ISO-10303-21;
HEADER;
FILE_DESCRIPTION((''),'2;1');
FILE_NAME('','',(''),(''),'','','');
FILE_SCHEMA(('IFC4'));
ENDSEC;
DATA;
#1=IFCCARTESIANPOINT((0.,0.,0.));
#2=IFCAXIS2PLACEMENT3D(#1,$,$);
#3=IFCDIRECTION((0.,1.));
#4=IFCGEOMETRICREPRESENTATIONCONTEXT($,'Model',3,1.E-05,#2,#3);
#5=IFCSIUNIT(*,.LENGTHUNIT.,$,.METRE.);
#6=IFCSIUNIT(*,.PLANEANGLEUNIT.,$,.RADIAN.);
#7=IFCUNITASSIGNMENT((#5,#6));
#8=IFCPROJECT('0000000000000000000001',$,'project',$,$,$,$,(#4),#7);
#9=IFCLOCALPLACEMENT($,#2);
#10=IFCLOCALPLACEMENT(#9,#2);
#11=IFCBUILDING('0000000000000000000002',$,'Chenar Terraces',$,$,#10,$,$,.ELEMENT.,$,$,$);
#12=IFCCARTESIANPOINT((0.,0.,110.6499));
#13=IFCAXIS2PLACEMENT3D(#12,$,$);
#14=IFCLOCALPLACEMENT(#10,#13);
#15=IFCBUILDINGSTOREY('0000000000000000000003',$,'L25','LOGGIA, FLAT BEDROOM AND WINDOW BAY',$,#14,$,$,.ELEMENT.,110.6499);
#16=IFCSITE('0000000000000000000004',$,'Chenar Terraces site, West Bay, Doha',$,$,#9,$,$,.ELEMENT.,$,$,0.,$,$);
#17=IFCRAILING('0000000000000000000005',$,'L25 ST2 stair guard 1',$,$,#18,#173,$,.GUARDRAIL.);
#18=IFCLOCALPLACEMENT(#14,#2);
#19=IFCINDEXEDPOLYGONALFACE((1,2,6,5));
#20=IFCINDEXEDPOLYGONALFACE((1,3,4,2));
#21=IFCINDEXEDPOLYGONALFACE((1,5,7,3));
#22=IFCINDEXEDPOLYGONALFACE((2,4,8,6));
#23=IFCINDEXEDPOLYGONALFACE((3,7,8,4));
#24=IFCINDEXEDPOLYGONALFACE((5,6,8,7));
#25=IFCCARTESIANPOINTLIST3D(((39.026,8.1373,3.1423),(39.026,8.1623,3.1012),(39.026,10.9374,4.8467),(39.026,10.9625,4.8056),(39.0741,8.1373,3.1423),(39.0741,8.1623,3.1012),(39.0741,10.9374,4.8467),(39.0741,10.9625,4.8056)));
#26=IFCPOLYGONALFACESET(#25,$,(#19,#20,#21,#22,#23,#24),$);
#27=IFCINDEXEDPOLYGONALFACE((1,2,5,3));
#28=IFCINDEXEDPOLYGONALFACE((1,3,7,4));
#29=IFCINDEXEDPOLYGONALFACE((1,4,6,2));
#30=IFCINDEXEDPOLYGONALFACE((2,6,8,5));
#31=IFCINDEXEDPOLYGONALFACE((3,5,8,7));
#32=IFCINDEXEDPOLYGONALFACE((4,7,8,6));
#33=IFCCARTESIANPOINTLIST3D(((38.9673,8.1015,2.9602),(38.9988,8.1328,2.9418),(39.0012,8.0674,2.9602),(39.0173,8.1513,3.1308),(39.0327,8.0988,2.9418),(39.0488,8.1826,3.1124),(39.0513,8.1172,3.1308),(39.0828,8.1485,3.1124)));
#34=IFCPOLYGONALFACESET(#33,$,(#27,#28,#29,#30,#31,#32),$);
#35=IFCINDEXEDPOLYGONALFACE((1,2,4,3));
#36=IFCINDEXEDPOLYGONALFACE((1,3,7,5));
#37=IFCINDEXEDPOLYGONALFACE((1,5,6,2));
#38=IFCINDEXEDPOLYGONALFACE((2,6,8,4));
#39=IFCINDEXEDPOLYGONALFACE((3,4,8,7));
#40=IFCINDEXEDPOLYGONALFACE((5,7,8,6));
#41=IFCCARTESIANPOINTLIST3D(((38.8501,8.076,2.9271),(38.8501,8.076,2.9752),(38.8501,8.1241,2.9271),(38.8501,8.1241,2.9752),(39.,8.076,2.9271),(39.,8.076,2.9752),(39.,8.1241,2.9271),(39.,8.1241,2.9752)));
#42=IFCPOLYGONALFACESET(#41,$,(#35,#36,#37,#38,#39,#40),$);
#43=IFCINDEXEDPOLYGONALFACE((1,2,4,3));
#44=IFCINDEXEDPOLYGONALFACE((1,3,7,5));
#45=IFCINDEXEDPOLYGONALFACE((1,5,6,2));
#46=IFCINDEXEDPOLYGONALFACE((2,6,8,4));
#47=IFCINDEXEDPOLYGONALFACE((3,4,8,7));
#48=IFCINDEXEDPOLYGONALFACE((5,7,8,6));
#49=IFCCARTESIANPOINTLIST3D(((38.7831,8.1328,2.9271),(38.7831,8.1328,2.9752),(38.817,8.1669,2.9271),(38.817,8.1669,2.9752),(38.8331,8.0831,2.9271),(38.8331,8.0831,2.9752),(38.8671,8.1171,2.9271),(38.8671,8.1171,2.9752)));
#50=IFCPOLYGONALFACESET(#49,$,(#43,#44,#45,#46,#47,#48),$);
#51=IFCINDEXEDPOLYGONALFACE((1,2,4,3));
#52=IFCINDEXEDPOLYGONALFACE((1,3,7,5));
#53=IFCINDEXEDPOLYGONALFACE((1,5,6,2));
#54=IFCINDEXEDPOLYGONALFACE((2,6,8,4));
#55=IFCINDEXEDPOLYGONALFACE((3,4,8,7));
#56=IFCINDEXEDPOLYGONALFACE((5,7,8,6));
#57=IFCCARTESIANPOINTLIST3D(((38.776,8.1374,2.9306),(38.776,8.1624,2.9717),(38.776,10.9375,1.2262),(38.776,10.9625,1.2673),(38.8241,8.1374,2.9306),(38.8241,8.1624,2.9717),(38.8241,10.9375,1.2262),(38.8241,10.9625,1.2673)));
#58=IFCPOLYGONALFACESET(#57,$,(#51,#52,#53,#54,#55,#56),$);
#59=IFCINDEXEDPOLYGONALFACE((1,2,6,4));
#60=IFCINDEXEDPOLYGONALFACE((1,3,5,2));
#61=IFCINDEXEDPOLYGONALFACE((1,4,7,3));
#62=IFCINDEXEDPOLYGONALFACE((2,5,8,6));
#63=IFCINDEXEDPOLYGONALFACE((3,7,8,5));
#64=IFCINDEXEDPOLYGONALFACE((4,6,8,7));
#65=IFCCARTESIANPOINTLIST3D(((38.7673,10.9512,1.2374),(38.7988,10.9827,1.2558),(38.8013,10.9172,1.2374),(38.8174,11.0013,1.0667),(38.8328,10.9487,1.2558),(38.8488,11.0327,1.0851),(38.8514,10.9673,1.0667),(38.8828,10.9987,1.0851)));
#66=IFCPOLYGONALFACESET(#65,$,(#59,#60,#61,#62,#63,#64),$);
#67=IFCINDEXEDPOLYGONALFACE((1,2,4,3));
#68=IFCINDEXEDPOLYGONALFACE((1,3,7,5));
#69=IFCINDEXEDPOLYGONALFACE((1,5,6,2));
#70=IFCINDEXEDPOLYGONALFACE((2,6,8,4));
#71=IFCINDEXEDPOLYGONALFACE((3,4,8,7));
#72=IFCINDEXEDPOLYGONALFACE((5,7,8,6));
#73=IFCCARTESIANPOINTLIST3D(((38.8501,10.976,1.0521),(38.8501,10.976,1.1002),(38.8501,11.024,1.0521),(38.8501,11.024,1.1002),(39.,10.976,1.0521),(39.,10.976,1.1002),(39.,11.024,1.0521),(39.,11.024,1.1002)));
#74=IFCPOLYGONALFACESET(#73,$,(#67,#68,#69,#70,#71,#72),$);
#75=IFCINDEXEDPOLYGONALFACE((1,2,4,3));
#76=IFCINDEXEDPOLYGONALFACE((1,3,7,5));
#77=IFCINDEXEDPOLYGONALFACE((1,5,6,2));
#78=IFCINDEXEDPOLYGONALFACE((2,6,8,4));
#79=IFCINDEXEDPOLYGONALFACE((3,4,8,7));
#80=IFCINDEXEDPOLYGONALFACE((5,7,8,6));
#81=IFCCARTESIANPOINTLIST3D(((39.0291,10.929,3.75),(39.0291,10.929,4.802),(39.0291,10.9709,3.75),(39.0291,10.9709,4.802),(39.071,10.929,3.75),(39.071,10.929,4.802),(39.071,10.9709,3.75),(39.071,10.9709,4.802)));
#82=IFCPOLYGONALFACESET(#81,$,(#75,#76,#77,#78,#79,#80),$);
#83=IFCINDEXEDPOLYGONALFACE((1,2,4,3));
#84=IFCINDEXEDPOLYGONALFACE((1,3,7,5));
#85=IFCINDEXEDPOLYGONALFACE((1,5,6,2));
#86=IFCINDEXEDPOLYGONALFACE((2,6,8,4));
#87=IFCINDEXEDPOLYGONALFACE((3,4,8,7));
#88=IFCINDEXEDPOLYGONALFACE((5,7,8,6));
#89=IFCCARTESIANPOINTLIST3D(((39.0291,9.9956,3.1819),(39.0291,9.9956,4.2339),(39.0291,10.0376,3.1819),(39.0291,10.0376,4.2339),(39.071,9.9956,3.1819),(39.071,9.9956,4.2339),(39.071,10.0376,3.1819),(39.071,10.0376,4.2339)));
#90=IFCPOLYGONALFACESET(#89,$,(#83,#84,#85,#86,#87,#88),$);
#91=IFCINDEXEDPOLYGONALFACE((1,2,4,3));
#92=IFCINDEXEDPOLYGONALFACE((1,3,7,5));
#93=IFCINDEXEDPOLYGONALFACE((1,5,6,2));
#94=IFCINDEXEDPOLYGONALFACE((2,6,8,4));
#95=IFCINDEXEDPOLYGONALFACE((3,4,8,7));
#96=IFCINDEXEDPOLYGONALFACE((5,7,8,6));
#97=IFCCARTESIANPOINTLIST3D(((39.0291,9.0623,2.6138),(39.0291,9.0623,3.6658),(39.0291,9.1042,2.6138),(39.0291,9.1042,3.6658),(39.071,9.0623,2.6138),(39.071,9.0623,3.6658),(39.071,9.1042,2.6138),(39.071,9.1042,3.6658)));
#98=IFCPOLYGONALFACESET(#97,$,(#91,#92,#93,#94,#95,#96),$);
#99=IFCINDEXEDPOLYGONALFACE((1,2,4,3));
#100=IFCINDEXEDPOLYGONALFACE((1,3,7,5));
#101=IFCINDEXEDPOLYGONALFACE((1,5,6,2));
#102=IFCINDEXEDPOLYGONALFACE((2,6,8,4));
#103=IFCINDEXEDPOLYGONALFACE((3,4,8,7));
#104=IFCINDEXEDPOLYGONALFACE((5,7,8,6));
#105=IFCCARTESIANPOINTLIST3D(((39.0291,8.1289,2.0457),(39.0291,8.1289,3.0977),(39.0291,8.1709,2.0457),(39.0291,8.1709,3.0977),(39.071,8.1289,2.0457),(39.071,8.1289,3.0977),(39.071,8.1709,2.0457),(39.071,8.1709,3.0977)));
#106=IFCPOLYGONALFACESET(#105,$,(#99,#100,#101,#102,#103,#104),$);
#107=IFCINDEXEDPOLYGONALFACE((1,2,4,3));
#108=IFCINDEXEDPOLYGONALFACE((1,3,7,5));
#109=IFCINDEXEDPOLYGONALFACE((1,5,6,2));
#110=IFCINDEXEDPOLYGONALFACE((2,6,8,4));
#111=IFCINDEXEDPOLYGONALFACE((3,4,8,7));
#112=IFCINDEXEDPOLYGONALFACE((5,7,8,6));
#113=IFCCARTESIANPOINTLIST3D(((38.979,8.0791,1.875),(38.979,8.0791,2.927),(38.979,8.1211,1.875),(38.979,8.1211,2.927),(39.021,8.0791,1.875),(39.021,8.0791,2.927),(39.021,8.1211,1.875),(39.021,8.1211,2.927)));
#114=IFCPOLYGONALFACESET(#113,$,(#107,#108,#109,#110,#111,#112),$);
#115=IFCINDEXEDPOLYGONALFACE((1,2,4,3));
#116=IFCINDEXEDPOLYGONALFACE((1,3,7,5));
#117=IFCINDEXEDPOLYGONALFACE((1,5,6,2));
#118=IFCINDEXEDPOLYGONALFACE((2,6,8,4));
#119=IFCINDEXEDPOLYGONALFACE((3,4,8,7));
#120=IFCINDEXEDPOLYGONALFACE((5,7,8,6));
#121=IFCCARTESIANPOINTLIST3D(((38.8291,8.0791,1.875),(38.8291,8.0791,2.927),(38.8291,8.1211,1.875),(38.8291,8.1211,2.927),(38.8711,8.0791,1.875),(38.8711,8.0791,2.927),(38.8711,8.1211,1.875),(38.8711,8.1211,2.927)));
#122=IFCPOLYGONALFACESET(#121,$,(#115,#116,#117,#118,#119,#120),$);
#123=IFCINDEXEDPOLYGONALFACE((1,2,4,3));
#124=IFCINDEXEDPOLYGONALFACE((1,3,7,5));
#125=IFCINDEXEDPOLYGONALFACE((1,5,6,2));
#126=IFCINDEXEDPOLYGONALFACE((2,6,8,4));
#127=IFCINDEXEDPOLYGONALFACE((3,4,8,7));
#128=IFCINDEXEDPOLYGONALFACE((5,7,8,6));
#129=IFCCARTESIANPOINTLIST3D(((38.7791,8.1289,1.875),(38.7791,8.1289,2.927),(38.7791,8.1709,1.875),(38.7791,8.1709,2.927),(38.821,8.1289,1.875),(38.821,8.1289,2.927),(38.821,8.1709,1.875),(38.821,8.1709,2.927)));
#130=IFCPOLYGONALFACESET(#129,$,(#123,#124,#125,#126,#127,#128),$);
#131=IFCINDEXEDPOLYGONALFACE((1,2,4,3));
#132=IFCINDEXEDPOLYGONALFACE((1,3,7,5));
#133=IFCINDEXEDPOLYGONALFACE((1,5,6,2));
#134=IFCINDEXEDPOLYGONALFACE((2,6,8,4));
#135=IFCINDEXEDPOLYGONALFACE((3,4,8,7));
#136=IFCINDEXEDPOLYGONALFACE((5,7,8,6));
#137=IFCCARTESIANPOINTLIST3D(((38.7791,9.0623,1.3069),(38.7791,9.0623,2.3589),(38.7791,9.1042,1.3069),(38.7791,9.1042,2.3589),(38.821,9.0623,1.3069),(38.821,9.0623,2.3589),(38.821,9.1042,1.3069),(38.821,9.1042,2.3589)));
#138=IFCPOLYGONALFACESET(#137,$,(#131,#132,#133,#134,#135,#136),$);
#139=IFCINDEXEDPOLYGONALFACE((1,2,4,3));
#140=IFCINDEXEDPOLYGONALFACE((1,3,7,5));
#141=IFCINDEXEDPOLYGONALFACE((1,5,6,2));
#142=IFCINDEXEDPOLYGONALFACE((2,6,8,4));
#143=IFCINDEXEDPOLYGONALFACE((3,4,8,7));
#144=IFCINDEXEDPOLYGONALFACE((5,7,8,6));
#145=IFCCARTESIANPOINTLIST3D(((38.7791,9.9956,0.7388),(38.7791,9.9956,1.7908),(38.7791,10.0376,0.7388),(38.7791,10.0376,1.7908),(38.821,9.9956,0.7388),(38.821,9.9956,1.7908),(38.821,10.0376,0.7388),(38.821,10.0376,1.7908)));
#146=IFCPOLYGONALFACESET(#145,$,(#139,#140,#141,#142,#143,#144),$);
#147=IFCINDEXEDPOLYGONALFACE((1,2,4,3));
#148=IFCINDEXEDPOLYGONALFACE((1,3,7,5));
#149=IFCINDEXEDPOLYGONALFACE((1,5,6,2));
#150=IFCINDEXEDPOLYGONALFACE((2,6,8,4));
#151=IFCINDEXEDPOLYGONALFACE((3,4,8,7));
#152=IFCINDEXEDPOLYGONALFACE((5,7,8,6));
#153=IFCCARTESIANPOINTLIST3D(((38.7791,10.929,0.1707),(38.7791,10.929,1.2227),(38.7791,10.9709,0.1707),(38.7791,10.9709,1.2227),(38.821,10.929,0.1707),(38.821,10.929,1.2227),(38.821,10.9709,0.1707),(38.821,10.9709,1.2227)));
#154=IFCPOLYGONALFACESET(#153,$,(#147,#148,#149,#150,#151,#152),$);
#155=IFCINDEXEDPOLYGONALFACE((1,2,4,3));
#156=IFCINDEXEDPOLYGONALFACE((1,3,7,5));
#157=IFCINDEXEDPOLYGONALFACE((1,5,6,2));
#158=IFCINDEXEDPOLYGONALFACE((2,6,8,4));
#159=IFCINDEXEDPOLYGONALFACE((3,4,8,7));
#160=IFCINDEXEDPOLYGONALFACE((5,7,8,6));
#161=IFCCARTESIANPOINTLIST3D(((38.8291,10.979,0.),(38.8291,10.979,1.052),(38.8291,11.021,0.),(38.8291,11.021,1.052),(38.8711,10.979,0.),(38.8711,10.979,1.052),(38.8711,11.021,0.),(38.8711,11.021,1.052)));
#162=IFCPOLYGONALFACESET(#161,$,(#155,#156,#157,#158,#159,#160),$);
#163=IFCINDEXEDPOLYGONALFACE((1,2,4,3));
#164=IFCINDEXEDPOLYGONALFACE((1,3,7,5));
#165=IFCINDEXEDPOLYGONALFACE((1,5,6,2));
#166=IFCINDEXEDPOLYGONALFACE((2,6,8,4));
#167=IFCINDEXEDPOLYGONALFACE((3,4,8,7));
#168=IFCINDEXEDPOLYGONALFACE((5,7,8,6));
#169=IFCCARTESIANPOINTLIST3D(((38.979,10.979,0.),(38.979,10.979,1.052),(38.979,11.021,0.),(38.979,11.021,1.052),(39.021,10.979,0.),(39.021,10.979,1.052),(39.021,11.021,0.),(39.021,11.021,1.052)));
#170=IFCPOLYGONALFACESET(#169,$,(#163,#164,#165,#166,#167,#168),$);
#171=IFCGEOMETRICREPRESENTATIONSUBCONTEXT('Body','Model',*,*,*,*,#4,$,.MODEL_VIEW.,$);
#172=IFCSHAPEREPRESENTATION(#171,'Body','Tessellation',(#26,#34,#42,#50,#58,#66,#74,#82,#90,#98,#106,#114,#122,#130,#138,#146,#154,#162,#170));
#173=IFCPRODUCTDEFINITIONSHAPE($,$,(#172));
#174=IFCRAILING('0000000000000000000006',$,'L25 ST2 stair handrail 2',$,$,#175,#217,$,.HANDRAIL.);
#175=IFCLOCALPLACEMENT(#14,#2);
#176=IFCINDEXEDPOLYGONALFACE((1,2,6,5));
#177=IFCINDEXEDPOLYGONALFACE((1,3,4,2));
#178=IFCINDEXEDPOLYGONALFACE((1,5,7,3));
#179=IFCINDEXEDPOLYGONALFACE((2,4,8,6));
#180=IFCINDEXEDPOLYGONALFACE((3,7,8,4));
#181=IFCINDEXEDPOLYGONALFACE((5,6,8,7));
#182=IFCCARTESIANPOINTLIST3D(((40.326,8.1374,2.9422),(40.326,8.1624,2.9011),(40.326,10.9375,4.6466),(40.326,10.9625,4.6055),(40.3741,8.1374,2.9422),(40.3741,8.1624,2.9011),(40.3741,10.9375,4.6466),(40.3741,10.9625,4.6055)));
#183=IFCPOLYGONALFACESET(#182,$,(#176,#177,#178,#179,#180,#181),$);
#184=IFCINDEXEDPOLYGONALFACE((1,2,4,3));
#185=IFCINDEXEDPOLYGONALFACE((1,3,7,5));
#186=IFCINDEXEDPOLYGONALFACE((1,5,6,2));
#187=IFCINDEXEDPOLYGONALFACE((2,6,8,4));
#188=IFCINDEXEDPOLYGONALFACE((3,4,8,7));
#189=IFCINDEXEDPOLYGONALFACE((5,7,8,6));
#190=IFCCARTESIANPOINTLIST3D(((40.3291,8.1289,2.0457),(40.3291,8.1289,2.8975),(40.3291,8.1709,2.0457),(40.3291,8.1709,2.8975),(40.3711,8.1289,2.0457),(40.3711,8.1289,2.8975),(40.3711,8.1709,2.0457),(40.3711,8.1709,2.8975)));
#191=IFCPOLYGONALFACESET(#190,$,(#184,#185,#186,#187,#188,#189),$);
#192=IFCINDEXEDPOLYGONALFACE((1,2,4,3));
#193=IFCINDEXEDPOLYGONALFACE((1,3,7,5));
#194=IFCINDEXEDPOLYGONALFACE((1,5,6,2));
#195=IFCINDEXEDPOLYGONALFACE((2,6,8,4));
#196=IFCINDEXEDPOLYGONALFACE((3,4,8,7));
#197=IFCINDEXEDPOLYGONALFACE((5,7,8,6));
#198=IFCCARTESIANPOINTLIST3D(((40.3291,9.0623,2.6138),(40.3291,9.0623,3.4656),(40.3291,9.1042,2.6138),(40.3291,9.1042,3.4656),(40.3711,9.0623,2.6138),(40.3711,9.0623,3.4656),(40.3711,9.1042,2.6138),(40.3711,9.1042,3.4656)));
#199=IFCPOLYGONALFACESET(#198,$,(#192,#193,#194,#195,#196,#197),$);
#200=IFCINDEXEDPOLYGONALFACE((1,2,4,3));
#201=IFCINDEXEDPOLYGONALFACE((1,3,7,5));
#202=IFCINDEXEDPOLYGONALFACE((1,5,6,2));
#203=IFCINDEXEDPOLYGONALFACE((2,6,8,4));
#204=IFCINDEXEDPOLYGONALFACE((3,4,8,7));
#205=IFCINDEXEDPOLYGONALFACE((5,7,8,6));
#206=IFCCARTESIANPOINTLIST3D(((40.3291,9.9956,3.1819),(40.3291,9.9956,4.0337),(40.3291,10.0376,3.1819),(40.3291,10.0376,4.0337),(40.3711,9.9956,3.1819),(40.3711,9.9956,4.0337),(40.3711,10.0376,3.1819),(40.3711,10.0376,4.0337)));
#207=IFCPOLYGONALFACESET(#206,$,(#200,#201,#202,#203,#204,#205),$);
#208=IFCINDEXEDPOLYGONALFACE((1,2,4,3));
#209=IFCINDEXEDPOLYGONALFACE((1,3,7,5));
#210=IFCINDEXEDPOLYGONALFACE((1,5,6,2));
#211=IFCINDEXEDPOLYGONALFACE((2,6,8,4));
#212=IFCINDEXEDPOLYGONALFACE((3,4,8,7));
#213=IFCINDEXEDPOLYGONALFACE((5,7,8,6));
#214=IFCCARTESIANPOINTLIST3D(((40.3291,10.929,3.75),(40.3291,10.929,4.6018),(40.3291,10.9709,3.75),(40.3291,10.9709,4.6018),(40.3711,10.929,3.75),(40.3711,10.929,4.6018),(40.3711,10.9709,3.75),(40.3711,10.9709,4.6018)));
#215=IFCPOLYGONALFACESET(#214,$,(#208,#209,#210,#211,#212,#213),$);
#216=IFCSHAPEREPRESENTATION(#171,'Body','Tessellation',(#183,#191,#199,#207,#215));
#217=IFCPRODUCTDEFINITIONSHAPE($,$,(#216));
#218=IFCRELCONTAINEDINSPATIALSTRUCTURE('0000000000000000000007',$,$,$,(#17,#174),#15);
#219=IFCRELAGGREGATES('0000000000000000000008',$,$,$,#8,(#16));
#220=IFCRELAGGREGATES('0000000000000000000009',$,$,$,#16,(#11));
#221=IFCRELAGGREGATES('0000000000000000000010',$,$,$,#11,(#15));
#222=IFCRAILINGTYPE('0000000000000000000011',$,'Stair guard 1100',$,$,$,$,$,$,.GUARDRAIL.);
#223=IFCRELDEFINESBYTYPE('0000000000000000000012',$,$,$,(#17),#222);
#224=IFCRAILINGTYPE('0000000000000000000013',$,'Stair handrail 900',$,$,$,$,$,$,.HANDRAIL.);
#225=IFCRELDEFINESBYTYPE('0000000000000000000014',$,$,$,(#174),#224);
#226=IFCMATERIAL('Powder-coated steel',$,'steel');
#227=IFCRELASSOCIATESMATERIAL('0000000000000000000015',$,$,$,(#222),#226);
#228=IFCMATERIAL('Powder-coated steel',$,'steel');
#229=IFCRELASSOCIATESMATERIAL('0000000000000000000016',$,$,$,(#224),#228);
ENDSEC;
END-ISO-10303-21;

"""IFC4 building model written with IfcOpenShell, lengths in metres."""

from ifc_helpers import new_model, si_unit, direction, frame, origin, origin_2d, place, context, subcontext, project, spatial, rectangle, extrude, material, type_object, element, save


model = new_model("IFC4")

# Units and contexts
model_context = context("Model", 3, precision=1e-05, world=origin(), true_north=direction((0.0, 1.0)))
body_context = subcontext(model_context, "Body", "Model", "MODEL_VIEW")
ifc_project = project(units=[si_unit("LENGTHUNIT", "METRE"), si_unit("PLANEANGLEUNIT", "RADIAN")], contexts=[model_context])

# Site, building, storey
site_placement = place(None, origin())
site = spatial("IfcSite", under=ifc_project, at=site_placement, Name="Chenar Terraces site, West Bay, Doha", CompositionType="ELEMENT", RefElevation=0.0)
building_placement = place(site_placement, origin())
building = spatial("IfcBuilding", under=site, at=building_placement, Name="Chenar Terraces", CompositionType="ELEMENT")
storey_placement = place(building_placement, frame((0.0, 0.0, 110.6499)))
storey = spatial("IfcBuildingStorey", under=building, at=storey_placement, Name="L25", Description="LOGGIA, FLAT BEDROOM AND WINDOW BAY", CompositionType="ELEMENT", Elevation=110.6499)

# Railings
ifc_material_1 = material(Name="Powder-coated steel", Category="steel")
railing_type_1 = type_object("IfcRailingType", Name="Stair guard 1100", PredefinedType="GUARDRAIL", material=ifc_material_1)
railing_1_placement = place(storey_placement, frame((39.05, 10.95, 3.75)))
element("IfcRailing", 1, at=railing_1_placement, inside=storey, type_object=railing_type_1, Name="L25 ST2 stair guard 1", PredefinedType="GUARDRAIL", context=body_context, shape_type="SweptSolid", body=[
    extrude(rectangle(XDim=0.0481, YDim=0.0481, at=origin_2d()), frame((0.0, 0.0, 1.0762), z_axis=(0.0, -0.854203, -0.51994), x_axis=(1.0, 0.0, 0.0)), (0.0, 0.0, 1.0), 3.2781),
    extrude(rectangle(XDim=0.0481, YDim=0.0481, at=origin_2d()), frame((0.0, -2.8, -0.6284), z_axis=(-0.270997, -0.269675, -0.924033), x_axis=(0.705376, -0.708834, 0.0)), (0.0, 0.0, 1.0), 0.1846),
    extrude(rectangle(XDim=0.0481, YDim=0.0481, at=origin_2d()), frame((-0.05, -2.8499, -0.7988), z_axis=(-1.0, 0.0, 0.0), x_axis=(0.0, -1.0, 0.0)), (0.0, 0.0, 1.0), 0.1499),
    extrude(rectangle(XDim=0.0481, YDim=0.0481, at=origin_2d()), frame((-0.2, -2.8499, -0.7988), z_axis=(-0.708834, 0.705376, 0.0), x_axis=(-0.705376, -0.708834, 0.0)), (0.0, 0.0, 1.0), 0.0706),
    extrude(rectangle(XDim=0.0481, YDim=0.0481, at=origin_2d()), frame((-0.25, -2.8, -0.7988), z_axis=(0.0, 0.854203, -0.51994), x_axis=(-1.0, 0.0, 0.0)), (0.0, 0.0, 1.0), 3.2781),
    extrude(rectangle(XDim=0.0481, YDim=0.0481, at=origin_2d()), frame((-0.25, 0.0, -2.5034), z_axis=(0.2709, 0.2709, -0.923703), x_axis=(-0.707107, 0.707107, 0.0)), (0.0, 0.0, 1.0), 0.1848),
    extrude(rectangle(XDim=0.0481, YDim=0.0481, at=origin_2d()), frame((-0.2, 0.05, -2.6738), z_axis=(1.0, 0.0, 0.0), x_axis=(0.0, 1.0, 0.0)), (0.0, 0.0, 1.0), 0.1499),
    extrude(rectangle(XDim=0.042, YDim=0.042, at=origin_2d()), origin(), (0.0, 0.0, 1.0), 1.052),
    extrude(rectangle(XDim=0.042, YDim=0.042, at=origin_2d()), frame((0.0, -0.9333, -0.5681)), (0.0, 0.0, 1.0), 1.052),
    extrude(rectangle(XDim=0.042, YDim=0.042, at=origin_2d()), frame((0.0, -1.8667, -1.1362)), (0.0, 0.0, 1.0), 1.052),
    extrude(rectangle(XDim=0.042, YDim=0.042, at=origin_2d()), frame((0.0, -2.8, -1.7043)), (0.0, 0.0, 1.0), 1.052),
    extrude(rectangle(XDim=0.042, YDim=0.042, at=origin_2d()), frame((-0.05, -2.8499, -1.875)), (0.0, 0.0, 1.0), 1.052),
    extrude(rectangle(XDim=0.042, YDim=0.042, at=origin_2d()), frame((-0.2, -2.8499, -1.875)), (0.0, 0.0, 1.0), 1.052),
    extrude(rectangle(XDim=0.042, YDim=0.042, at=origin_2d()), frame((-0.25, -2.8, -1.875)), (0.0, 0.0, 1.0), 1.052),
    extrude(rectangle(XDim=0.042, YDim=0.042, at=origin_2d()), frame((-0.25, -1.8667, -2.4431)), (0.0, 0.0, 1.0), 1.052),
    extrude(rectangle(XDim=0.042, YDim=0.042, at=origin_2d()), frame((-0.25, -0.9333, -3.0112)), (0.0, 0.0, 1.0), 1.052),
    extrude(rectangle(XDim=0.042, YDim=0.042, at=origin_2d()), frame((-0.25, 0.0, -3.5793)), (0.0, 0.0, 1.0), 1.052),
    extrude(rectangle(XDim=0.042, YDim=0.042, at=origin_2d()), frame((-0.2, 0.05, -3.75)), (0.0, 0.0, 1.0), 1.052),
    extrude(rectangle(XDim=0.042, YDim=0.042, at=origin_2d()), frame((-0.05, 0.05, -3.75)), (0.0, 0.0, 1.0), 1.052),
])
ifc_material_2 = material(Name="Powder-coated steel", Category="steel")
railing_type_2 = type_object("IfcRailingType", Name="Stair handrail 900", PredefinedType="HANDRAIL", material=ifc_material_2)
railing_2_placement = place(storey_placement, frame((40.3501, 8.1499, 2.0457)))
element("IfcRailing", 2, at=railing_2_placement, inside=storey, type_object=railing_type_2, Name="L25 ST2 stair handrail 2", PredefinedType="HANDRAIL", context=body_context, shape_type="SweptSolid", body=[
    extrude(rectangle(XDim=0.0481, YDim=0.0481, at=origin_2d()), frame((0.0, 0.0, 0.876), z_axis=(0.0, 0.854203, 0.51994), x_axis=(-1.0, 0.0, 0.0)), (0.0, 0.0, 1.0), 3.2781),
    extrude(rectangle(XDim=0.042, YDim=0.042, at=origin_2d()), origin(), (0.0, 0.0, 1.0), 0.8518),
    extrude(rectangle(XDim=0.042, YDim=0.042, at=origin_2d()), frame((0.0, 0.9333, 0.5681)), (0.0, 0.0, 1.0), 0.8518),
    extrude(rectangle(XDim=0.042, YDim=0.042, at=origin_2d()), frame((0.0, 1.8667, 1.1362)), (0.0, 0.0, 1.0), 0.8518),
    extrude(rectangle(XDim=0.042, YDim=0.042, at=origin_2d()), frame((0.0, 2.8, 1.7043)), (0.0, 0.0, 1.0), 0.8518),
])

save(model, "model.ifc")
